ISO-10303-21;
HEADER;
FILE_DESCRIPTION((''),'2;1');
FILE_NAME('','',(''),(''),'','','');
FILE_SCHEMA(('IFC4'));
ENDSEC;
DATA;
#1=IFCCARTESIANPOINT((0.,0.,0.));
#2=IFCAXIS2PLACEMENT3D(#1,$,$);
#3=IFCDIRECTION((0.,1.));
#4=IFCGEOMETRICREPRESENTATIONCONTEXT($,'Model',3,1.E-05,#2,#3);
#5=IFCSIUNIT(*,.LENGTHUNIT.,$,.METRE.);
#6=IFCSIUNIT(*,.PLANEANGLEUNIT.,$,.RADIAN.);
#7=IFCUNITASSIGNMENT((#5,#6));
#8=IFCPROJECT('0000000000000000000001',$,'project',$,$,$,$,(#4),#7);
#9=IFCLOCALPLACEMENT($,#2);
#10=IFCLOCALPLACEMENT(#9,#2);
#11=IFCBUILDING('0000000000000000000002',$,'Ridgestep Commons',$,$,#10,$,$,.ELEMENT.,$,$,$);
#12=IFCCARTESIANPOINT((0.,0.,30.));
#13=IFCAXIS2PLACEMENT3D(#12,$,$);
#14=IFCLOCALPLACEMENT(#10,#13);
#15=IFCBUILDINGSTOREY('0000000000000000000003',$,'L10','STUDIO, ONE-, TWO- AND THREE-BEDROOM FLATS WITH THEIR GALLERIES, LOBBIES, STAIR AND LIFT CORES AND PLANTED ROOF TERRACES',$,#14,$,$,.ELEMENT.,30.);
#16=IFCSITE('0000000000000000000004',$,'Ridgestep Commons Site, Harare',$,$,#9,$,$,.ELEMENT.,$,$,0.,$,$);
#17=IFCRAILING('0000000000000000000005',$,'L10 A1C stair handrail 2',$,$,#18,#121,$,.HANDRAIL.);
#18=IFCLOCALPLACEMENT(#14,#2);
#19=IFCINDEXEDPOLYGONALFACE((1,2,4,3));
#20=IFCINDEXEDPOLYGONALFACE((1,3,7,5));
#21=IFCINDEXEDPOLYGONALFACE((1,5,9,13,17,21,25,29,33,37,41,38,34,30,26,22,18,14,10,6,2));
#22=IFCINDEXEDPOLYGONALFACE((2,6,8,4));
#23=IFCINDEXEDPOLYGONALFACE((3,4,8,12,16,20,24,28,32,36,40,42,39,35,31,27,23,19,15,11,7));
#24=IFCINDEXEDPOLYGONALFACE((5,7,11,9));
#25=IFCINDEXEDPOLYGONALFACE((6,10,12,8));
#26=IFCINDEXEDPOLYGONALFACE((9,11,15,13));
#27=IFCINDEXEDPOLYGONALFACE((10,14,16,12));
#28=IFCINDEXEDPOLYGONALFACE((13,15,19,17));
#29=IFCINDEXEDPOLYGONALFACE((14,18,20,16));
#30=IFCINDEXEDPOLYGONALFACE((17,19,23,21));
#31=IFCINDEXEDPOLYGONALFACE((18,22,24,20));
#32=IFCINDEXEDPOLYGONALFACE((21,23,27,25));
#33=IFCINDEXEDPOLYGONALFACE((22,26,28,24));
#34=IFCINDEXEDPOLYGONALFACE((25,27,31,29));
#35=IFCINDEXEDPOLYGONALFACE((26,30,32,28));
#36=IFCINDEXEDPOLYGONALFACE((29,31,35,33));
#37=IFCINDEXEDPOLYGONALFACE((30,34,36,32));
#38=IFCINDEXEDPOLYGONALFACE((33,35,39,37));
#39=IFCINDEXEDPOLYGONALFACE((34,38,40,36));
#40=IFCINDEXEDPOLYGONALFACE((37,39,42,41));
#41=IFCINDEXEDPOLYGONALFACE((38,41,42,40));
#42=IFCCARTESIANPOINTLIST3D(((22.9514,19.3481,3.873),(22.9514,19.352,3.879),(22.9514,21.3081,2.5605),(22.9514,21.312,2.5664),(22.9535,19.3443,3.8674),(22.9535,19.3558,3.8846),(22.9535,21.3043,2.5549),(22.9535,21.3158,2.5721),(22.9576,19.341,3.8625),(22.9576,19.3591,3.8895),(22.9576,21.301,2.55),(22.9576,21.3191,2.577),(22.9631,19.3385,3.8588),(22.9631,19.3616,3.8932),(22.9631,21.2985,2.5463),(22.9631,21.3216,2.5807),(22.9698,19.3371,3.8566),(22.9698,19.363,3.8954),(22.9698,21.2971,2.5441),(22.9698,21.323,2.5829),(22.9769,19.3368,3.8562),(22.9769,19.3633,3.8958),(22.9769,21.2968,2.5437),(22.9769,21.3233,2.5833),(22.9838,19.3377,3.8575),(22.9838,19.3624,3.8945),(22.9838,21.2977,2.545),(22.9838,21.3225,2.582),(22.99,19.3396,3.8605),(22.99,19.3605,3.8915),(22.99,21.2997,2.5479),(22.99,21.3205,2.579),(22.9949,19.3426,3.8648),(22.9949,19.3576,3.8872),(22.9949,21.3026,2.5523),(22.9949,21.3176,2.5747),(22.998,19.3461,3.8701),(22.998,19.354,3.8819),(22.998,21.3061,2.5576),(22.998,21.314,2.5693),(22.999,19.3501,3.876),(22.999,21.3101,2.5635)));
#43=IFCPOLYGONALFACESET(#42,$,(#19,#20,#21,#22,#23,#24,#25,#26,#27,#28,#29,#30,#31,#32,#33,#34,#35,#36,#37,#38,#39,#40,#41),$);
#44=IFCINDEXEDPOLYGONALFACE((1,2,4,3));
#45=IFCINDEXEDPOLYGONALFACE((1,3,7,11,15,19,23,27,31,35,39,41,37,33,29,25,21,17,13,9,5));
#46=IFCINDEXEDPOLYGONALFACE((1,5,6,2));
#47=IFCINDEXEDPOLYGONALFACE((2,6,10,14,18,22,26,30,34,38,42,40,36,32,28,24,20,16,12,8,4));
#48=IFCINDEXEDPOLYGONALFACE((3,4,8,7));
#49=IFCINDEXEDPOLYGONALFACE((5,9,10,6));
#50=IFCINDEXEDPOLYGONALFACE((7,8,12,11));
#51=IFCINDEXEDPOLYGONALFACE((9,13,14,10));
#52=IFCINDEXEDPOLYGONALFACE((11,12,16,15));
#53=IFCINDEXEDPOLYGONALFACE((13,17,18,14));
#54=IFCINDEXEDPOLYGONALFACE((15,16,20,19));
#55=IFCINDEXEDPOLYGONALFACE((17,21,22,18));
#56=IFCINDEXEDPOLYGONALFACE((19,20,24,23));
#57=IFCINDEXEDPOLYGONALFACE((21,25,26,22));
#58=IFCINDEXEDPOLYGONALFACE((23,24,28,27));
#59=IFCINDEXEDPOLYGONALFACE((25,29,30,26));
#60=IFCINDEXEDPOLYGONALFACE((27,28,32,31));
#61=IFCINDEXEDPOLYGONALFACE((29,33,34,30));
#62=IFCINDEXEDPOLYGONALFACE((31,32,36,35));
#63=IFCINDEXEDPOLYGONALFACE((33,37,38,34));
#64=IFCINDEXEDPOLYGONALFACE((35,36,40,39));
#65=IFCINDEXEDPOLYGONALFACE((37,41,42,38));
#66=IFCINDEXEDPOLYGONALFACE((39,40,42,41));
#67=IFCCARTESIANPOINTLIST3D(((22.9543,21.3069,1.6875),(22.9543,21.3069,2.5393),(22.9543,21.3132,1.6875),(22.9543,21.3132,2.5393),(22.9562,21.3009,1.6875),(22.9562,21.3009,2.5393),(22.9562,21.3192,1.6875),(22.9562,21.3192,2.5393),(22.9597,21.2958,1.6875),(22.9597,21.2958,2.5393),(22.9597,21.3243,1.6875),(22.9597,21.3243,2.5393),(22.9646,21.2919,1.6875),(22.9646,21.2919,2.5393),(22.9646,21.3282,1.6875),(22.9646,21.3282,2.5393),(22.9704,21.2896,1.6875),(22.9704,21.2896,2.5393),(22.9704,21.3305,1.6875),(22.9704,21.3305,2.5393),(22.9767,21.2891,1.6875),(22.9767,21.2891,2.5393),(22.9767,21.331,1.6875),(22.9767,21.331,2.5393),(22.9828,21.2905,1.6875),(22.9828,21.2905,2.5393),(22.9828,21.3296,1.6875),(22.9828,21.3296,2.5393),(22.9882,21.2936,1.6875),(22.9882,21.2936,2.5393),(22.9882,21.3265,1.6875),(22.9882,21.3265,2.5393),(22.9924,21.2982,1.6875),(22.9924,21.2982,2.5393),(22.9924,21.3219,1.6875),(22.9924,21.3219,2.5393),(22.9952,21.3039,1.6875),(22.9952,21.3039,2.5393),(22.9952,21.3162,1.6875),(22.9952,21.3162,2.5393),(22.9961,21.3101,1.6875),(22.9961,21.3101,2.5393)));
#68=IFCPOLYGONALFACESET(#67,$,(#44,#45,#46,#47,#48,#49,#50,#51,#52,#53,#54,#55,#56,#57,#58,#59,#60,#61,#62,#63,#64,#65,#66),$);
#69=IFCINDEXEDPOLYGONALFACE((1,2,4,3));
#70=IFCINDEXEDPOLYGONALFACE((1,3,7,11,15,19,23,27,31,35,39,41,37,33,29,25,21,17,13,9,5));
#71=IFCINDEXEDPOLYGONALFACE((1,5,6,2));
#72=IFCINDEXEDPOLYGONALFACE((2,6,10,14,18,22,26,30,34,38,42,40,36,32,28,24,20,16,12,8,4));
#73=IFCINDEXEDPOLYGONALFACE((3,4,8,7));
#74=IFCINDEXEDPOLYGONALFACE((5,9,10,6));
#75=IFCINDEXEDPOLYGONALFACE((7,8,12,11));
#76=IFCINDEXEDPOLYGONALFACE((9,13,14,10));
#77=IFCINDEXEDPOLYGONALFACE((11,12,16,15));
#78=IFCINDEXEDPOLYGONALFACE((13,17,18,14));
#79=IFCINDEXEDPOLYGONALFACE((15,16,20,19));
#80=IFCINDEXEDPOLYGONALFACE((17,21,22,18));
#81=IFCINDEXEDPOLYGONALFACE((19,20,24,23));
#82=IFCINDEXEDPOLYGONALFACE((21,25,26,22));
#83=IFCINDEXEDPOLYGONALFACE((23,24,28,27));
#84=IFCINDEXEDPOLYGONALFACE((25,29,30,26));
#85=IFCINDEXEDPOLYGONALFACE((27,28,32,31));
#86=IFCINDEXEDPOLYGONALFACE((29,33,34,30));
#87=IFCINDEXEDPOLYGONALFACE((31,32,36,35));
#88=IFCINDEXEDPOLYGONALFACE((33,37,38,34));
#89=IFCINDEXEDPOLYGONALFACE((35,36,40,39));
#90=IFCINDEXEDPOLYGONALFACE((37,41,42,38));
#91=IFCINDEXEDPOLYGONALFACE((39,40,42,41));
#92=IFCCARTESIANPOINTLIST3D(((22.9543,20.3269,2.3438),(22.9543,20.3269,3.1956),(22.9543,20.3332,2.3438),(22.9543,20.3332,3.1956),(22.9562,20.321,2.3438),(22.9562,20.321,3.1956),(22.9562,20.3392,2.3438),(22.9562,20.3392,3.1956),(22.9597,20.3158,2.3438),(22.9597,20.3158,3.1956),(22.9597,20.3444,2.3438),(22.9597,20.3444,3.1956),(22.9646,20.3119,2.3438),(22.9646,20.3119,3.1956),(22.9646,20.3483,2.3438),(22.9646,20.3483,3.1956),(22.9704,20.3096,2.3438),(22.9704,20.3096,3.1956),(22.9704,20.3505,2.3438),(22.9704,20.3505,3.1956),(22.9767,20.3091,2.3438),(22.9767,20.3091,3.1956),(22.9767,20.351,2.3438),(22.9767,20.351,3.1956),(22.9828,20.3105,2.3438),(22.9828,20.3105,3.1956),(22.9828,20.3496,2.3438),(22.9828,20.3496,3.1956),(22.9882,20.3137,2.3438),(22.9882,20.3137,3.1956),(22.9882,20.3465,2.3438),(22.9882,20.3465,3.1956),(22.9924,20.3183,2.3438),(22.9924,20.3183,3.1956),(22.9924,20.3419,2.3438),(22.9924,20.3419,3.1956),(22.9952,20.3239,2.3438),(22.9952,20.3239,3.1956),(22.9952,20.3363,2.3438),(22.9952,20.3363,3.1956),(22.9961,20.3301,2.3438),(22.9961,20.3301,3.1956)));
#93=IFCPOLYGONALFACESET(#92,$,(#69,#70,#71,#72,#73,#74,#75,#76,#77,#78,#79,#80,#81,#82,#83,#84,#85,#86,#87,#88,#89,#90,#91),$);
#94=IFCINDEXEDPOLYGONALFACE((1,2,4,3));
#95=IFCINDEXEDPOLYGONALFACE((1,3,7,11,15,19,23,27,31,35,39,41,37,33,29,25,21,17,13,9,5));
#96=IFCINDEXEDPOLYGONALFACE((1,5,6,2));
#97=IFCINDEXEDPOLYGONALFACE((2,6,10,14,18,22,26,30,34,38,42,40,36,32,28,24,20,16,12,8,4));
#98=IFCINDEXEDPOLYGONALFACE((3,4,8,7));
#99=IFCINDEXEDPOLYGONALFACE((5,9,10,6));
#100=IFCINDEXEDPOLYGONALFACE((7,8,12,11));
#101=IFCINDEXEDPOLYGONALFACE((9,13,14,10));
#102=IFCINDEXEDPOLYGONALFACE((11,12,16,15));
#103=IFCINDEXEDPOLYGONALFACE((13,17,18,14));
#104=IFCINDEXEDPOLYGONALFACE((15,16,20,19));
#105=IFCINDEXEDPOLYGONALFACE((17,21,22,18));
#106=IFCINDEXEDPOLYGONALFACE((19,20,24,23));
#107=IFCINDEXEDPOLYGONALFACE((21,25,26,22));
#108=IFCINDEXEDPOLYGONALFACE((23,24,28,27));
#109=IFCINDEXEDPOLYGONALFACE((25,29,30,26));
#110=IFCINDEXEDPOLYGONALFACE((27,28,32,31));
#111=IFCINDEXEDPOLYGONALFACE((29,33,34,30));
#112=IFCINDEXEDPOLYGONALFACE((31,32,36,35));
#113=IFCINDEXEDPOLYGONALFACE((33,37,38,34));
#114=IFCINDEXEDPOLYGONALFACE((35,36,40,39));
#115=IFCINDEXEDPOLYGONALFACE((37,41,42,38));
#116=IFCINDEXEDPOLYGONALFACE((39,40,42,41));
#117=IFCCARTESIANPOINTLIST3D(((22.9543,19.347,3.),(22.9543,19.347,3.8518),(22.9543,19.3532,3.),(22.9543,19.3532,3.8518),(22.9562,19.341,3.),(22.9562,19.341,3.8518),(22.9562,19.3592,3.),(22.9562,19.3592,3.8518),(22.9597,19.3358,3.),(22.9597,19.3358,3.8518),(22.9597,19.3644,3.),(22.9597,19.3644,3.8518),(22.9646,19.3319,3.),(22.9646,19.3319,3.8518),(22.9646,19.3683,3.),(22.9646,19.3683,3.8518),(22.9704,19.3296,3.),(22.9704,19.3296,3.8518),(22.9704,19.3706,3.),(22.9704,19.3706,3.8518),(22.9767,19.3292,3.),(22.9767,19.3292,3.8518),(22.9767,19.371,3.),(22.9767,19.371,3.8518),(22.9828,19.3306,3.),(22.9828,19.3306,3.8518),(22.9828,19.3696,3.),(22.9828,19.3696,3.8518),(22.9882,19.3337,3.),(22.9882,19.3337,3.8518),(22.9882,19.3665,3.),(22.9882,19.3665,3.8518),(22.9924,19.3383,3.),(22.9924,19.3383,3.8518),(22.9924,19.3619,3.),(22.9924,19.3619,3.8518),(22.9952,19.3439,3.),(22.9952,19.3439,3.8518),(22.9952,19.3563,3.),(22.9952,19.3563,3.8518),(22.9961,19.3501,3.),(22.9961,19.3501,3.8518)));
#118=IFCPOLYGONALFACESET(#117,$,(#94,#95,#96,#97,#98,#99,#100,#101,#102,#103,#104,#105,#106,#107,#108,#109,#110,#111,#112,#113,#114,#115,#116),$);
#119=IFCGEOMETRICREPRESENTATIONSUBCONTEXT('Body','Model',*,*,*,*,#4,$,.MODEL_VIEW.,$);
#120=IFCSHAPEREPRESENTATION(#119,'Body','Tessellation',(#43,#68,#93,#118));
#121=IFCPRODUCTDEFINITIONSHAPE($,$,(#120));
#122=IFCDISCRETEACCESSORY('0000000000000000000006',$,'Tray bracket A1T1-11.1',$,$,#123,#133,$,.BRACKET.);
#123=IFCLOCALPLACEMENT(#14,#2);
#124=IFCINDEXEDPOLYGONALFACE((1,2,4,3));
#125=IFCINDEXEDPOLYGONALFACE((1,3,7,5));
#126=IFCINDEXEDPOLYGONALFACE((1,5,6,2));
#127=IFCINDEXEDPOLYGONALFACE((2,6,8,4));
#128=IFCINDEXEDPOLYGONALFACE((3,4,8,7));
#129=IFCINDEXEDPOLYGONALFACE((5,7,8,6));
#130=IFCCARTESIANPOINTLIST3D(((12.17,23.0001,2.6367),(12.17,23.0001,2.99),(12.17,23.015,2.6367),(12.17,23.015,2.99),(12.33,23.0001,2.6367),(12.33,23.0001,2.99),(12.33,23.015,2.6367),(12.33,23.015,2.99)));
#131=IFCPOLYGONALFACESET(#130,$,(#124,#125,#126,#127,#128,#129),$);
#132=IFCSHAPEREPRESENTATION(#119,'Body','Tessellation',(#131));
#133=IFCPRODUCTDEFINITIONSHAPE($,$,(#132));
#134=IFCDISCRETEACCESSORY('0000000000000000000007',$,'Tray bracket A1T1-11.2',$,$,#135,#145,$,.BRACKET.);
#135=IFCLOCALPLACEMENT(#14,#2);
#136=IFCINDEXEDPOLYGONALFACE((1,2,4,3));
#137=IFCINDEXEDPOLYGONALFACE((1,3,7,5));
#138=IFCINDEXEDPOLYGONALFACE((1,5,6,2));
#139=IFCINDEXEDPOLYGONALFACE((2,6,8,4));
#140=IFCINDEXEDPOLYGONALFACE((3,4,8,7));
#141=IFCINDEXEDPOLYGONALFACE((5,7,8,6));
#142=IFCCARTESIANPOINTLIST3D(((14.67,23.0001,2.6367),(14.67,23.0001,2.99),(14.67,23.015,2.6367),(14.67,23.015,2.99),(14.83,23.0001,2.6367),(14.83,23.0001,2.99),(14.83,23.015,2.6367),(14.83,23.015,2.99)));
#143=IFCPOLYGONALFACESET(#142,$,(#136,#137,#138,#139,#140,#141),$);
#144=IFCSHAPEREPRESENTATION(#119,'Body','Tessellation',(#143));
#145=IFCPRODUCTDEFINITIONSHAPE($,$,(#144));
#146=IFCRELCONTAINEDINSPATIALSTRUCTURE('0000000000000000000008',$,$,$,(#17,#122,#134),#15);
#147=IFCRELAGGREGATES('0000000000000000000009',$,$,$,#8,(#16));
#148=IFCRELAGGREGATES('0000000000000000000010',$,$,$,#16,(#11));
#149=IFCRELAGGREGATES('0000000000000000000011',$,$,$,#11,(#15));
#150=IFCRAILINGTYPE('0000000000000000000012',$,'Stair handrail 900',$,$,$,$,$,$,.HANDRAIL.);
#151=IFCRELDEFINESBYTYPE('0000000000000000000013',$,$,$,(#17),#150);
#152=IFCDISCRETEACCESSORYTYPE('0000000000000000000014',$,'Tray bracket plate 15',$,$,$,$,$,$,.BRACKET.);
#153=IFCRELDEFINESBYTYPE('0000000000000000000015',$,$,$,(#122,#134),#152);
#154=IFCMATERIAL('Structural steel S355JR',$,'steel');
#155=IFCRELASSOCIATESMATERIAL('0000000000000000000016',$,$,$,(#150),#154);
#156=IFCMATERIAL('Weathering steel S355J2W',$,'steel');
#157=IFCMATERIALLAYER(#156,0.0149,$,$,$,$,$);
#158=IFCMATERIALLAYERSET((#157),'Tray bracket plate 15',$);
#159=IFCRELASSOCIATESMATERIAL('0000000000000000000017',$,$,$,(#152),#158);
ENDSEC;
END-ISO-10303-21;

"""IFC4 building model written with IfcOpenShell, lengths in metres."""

from ifc_helpers import new_model, si_unit, direction, frame, origin, origin_2d, place, context, subcontext, project, spatial, rectangle, circle, extrude, material, layer, layer_set, type_object, element, save


model = new_model("IFC4")

# Units and contexts
model_context = context("Model", 3, precision=1e-05, world=origin(), true_north=direction((0.0, 1.0)))
body_context = subcontext(model_context, "Body", "Model", "MODEL_VIEW")
ifc_project = project(units=[si_unit("LENGTHUNIT", "METRE"), si_unit("PLANEANGLEUNIT", "RADIAN")], contexts=[model_context])

# Site, building, storey
site_placement = place(None, origin())
site = spatial("IfcSite", under=ifc_project, at=site_placement, Name="Ridgestep Commons Site, Harare", CompositionType="ELEMENT", RefElevation=0.0)
building_placement = place(site_placement, origin())
building = spatial("IfcBuilding", under=site, at=building_placement, Name="Ridgestep Commons", CompositionType="ELEMENT")
storey_placement = place(building_placement, frame((0.0, 0.0, 30.0)))
storey = spatial("IfcBuildingStorey", under=building, at=storey_placement, Name="L10", Description="STUDIO, ONE-, TWO- AND THREE-BEDROOM FLATS WITH THEIR GALLERIES, LOBBIES, STAIR AND LIFT CORES AND PLANTED ROOF TERRACES", CompositionType="ELEMENT", Elevation=30.0)

# Railing
ifc_material_1 = material(Name="Structural steel S355JR", Category="steel")
railing_type_1 = type_object("IfcRailingType", Name="Stair handrail 900", PredefinedType="HANDRAIL", material=ifc_material_1)
railing_1_placement = place(storey_placement, frame((22.9751, 21.3101, 1.6875)))
element("IfcRailing", 1, at=railing_1_placement, inside=storey, type_object=railing_type_1, Name="L10 A1C stair handrail 2", PredefinedType="HANDRAIL", context=body_context, shape_type="SweptSolid", body=[
    extrude(circle(Radius=0.0239, at=origin_2d()), frame((0.0, 0.0, 0.876), z_axis=(0.0, -0.830902, 0.556419), x_axis=(1.0, 0.0, 0.0)), (0.0, 0.0, 1.0), 2.3589),
    extrude(circle(Radius=0.021, at=origin_2d()), origin(), (0.0, 0.0, 1.0), 0.8518),
    extrude(circle(Radius=0.021, at=origin_2d()), frame((0.0, -0.98, 0.6562)), (0.0, 0.0, 1.0), 0.8518),
    extrude(circle(Radius=0.021, at=origin_2d()), frame((0.0, -1.96, 1.3125)), (0.0, 0.0, 1.0), 0.8518),
])

# Discrete accessories
ifc_material_2 = material(Name="Weathering steel S355J2W", Category="steel")
ifc_layer_1 = layer(ifc_material_2, 0.0149)
ifc_layer_set_1 = layer_set([ifc_layer_1], Name="Tray bracket plate 15")
discrete_accessory_type = type_object("IfcDiscreteAccessoryType", Name="Tray bracket plate 15", PredefinedType="BRACKET", material=ifc_layer_set_1)
for number, where, z_axis, x_axis, name in (
    (2, (12.25, 23.0076, 2.6367), (0.0, 0.0, 1.0), (1.0, 0.0, 0.0), "Tray bracket A1T1-11.1"),
    (3, (14.75, 23.0076, 2.6367), (0.0, 0.0, 1.0), (1.0, 0.0, 0.0), "Tray bracket A1T1-11.2"),
):
    element("IfcDiscreteAccessory", number, at=place(storey_placement, frame(where, z_axis=z_axis, x_axis=x_axis)), inside=storey, type_object=discrete_accessory_type, Name=name, PredefinedType="BRACKET", context=body_context, shape_type="SweptSolid", body=[
        extrude(rectangle(XDim=0.1599, YDim=0.0149, at=origin_2d()), origin(), (0.0, 0.0, 1.0), 0.3533),
    ])

save(model, "model.ifc")
